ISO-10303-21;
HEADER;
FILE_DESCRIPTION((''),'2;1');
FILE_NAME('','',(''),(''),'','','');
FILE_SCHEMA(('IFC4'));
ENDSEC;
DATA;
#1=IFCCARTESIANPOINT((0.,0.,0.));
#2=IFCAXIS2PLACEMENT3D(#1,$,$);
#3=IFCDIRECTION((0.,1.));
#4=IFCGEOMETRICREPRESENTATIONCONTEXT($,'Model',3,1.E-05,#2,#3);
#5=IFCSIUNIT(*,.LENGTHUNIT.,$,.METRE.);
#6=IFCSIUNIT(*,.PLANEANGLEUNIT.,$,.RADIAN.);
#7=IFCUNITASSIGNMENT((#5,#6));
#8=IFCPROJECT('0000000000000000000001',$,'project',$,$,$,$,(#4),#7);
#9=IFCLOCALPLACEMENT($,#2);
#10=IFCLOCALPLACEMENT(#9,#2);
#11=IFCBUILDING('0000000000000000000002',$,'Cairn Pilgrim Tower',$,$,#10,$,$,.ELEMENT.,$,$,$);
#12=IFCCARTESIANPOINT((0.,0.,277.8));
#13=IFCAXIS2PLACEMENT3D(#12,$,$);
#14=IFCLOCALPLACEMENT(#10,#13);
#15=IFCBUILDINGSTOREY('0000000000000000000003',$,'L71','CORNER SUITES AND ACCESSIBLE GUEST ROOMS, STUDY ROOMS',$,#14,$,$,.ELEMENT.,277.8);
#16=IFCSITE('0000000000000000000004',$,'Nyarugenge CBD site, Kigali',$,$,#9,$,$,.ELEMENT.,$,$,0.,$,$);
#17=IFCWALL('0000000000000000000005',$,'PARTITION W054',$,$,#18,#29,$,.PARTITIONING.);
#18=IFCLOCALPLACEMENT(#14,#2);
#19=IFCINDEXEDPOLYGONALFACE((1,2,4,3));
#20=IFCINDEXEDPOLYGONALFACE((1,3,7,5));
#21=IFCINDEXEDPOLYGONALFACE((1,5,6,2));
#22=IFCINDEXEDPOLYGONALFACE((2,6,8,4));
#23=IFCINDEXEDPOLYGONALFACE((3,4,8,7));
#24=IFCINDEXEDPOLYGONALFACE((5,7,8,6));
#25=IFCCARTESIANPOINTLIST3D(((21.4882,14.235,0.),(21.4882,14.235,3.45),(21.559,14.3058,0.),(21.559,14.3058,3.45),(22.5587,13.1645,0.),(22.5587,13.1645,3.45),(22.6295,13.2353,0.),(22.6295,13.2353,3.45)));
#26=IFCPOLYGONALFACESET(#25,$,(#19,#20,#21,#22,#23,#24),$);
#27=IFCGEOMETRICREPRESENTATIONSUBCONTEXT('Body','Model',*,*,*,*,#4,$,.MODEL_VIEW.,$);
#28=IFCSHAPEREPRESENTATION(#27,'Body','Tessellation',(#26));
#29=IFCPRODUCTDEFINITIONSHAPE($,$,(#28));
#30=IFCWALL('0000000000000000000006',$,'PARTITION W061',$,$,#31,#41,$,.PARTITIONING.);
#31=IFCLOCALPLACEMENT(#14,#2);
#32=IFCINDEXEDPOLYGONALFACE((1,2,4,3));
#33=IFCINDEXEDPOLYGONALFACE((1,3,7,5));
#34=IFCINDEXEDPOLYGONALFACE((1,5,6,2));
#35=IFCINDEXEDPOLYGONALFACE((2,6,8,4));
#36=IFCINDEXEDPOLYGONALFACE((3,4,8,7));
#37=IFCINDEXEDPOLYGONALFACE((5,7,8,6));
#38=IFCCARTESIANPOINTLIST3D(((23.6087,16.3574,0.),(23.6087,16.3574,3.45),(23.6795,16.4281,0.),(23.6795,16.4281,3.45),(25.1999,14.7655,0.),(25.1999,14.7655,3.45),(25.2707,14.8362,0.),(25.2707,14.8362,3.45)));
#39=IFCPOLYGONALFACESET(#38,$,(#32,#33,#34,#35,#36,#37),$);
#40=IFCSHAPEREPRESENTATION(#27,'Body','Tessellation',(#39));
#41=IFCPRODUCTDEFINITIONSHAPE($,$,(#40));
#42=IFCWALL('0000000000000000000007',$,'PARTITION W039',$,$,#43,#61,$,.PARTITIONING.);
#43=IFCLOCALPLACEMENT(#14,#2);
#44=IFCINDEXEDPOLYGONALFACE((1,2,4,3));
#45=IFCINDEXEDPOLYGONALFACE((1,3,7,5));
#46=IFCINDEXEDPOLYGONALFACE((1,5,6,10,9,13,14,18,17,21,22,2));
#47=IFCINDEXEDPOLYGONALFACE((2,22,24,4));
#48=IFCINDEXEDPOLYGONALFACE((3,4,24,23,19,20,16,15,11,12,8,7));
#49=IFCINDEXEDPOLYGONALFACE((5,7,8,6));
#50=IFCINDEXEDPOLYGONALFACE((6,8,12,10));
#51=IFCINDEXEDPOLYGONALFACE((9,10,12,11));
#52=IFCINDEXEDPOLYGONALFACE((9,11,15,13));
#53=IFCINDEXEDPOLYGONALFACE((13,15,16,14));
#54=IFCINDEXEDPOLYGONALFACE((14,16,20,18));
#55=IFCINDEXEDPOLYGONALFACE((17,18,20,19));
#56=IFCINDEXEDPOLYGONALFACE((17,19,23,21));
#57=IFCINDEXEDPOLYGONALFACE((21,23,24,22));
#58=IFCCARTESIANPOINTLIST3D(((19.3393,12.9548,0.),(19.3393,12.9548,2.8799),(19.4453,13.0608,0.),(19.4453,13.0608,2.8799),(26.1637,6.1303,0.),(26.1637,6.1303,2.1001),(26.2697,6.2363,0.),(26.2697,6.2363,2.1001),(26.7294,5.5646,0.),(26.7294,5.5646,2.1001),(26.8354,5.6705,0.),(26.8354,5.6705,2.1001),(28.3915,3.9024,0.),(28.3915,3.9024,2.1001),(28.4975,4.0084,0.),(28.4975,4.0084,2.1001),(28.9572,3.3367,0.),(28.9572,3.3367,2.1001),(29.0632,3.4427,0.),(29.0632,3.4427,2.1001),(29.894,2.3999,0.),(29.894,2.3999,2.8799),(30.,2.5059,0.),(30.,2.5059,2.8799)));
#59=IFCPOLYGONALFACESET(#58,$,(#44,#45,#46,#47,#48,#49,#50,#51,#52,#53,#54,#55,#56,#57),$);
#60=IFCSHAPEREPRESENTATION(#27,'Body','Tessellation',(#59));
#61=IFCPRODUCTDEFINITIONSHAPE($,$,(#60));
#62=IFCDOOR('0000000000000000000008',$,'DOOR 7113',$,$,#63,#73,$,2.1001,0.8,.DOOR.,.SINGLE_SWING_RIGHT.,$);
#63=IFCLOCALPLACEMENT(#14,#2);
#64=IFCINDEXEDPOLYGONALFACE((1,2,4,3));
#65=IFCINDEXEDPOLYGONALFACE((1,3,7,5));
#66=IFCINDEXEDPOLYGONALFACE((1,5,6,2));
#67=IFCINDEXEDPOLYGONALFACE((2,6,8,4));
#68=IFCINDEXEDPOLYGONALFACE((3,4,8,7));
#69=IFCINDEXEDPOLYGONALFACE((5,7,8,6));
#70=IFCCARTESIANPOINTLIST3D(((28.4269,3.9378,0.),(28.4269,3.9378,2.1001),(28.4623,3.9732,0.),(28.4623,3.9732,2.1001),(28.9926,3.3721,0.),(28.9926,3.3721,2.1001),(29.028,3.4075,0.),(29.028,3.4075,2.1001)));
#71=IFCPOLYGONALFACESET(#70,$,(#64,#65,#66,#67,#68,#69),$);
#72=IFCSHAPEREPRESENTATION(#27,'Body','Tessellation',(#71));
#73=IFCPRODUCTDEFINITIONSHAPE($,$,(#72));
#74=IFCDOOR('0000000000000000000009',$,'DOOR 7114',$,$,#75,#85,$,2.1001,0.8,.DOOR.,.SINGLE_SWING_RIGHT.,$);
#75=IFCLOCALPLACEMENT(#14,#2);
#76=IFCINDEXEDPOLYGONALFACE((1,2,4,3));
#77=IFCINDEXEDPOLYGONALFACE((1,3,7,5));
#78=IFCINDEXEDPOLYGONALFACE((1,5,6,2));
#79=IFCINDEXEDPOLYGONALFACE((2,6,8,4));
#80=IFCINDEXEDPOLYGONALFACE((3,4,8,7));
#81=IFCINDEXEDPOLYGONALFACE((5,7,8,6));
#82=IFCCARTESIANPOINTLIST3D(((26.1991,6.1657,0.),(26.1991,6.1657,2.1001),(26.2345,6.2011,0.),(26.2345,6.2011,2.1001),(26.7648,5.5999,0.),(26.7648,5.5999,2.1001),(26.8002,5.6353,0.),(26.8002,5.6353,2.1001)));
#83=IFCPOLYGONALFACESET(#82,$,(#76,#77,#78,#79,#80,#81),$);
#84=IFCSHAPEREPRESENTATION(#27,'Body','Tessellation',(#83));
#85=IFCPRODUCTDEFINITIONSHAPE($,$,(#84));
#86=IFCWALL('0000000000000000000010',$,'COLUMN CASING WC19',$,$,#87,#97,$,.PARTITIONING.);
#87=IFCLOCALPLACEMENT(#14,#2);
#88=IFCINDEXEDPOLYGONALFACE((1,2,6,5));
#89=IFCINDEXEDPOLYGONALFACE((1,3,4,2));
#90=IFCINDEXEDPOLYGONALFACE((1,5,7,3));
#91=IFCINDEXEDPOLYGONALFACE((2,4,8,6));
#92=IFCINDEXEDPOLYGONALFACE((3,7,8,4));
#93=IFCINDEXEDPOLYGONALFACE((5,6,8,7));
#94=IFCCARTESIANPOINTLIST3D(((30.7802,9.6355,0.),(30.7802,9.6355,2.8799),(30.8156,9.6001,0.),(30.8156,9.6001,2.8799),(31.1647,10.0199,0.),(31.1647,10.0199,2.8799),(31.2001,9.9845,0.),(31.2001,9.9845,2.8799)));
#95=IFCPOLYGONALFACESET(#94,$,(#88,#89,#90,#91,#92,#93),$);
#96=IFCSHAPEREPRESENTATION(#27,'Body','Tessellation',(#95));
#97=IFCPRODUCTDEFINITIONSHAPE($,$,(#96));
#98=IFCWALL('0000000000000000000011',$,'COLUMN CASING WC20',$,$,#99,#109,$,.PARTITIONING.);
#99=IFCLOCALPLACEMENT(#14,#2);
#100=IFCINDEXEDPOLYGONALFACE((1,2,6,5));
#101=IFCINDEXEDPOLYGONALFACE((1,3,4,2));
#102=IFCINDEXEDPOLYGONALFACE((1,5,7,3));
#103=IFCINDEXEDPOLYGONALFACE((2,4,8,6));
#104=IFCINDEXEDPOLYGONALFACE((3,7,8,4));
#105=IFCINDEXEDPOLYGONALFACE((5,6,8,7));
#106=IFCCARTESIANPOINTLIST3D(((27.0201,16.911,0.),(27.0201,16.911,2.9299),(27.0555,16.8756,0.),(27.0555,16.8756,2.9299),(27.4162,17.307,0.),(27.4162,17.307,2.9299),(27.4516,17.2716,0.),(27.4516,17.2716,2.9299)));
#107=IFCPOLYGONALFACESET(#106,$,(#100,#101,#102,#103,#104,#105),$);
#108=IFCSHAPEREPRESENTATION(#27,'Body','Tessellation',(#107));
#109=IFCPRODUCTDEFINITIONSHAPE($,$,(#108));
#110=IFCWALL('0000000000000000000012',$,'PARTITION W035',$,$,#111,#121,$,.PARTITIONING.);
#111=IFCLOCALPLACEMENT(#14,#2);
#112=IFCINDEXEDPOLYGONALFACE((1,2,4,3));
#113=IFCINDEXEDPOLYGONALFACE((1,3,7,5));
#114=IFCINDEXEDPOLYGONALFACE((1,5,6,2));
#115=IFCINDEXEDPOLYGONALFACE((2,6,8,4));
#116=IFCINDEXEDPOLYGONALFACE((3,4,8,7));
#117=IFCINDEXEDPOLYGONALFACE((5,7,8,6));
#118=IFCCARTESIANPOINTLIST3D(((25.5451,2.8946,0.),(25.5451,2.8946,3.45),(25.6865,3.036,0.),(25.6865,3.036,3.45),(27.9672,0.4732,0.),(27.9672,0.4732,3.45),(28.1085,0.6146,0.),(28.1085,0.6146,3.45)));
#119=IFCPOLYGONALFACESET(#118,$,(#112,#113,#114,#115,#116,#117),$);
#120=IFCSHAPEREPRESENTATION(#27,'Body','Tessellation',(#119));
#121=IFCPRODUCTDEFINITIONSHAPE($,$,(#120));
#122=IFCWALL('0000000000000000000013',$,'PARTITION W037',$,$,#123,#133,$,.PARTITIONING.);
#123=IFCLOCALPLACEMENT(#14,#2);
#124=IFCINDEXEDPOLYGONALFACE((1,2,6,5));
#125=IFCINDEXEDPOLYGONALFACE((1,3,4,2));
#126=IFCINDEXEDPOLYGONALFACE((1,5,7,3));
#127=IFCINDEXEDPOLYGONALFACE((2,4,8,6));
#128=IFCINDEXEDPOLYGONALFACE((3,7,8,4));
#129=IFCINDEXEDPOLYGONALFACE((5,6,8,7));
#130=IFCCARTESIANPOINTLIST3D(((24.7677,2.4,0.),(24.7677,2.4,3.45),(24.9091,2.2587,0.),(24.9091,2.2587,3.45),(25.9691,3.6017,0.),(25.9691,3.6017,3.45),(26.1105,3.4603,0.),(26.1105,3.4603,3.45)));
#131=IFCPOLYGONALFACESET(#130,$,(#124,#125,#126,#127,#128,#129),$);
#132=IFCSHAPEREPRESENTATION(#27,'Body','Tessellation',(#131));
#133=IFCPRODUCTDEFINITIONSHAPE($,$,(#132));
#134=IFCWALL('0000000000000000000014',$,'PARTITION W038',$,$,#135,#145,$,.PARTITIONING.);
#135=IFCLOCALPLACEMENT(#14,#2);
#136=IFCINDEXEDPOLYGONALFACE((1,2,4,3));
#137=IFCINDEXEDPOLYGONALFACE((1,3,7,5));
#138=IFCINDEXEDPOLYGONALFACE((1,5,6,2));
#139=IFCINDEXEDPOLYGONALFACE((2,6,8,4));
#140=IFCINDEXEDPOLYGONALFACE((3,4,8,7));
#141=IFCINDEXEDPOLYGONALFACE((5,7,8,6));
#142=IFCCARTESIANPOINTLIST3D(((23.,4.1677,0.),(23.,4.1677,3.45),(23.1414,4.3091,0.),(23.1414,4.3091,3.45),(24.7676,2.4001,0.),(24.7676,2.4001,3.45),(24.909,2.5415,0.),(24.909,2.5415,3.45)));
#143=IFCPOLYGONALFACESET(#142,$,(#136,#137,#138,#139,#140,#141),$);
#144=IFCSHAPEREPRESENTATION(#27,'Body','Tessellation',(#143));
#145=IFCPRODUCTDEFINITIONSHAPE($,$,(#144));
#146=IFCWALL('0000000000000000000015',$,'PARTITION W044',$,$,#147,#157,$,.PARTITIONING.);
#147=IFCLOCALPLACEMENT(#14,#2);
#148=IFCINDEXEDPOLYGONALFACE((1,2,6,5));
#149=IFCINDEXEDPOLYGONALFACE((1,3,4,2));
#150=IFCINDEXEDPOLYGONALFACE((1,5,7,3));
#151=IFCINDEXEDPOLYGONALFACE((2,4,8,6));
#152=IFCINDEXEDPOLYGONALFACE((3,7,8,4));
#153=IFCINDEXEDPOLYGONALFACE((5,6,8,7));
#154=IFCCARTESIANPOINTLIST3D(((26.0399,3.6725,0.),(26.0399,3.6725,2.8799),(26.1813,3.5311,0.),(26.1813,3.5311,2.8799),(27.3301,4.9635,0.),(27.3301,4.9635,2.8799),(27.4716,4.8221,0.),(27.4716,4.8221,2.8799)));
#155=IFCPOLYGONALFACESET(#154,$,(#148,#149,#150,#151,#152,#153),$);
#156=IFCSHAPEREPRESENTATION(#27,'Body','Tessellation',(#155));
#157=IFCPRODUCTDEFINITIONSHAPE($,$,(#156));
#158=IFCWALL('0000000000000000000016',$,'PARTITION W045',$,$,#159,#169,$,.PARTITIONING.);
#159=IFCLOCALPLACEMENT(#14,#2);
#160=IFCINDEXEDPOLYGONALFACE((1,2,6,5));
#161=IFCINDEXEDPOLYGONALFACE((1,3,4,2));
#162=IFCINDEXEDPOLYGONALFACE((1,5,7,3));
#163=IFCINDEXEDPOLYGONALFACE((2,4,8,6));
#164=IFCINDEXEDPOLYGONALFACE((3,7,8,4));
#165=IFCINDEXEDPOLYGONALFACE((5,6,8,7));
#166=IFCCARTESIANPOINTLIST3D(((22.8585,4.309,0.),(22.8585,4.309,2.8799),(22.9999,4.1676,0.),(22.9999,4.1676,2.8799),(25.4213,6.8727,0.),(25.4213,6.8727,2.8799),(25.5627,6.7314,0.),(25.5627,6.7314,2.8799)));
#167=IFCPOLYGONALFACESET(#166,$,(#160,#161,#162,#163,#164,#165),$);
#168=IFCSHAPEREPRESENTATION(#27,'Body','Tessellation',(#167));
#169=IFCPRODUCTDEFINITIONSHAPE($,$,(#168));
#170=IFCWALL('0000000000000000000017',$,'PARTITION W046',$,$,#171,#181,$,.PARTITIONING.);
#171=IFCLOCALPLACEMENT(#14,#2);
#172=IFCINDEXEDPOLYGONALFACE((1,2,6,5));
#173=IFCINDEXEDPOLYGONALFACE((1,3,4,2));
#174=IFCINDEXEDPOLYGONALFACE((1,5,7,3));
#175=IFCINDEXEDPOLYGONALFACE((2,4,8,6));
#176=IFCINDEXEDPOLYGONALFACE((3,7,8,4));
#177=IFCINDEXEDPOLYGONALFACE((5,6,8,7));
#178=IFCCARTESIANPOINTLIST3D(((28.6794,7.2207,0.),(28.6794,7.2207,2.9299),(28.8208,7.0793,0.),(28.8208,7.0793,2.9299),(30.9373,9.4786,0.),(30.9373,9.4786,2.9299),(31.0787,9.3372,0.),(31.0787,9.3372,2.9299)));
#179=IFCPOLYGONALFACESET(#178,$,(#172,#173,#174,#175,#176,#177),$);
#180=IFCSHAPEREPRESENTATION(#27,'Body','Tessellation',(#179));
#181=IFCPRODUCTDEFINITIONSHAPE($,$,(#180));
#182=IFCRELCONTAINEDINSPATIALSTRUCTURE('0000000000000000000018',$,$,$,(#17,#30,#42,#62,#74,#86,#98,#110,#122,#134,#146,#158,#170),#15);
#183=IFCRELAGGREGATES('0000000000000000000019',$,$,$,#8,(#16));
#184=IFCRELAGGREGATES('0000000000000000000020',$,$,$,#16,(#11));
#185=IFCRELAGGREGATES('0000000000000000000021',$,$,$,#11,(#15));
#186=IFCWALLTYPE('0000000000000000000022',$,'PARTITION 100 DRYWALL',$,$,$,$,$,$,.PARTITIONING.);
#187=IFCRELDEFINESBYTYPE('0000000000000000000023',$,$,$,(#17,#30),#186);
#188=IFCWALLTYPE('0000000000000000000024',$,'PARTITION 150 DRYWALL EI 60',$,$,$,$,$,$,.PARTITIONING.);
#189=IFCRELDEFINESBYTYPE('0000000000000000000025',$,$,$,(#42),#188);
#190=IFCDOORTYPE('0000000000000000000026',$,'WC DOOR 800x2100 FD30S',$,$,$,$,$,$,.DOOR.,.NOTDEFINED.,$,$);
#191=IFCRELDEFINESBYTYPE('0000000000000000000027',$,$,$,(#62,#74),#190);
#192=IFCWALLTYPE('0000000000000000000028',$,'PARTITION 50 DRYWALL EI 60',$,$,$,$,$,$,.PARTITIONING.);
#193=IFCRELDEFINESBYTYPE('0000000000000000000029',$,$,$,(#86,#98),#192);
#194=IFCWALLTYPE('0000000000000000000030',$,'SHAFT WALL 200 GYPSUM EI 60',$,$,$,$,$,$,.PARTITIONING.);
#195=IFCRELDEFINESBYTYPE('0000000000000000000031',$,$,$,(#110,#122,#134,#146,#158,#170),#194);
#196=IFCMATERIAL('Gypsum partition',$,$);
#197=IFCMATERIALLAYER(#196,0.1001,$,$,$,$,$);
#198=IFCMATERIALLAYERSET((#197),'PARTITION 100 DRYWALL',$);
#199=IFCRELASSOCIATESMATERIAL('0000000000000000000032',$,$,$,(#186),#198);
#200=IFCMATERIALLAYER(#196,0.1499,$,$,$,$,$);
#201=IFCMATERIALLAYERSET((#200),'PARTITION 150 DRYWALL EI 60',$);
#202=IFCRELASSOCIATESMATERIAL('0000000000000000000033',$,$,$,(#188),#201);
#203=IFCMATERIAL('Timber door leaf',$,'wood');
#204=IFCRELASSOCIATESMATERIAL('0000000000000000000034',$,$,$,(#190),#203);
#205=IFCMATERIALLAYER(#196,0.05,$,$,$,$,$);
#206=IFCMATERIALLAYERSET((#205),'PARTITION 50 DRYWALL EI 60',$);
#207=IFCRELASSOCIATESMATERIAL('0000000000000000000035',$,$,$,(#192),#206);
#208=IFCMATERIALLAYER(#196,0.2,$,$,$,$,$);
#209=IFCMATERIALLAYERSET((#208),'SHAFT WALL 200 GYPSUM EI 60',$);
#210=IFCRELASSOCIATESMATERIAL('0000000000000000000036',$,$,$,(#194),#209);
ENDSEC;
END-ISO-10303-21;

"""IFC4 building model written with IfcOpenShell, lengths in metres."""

from ifc_helpers import new_model, si_unit, direction, frame, frame_2d, origin, place, context, subcontext, project, spatial, rectangle, extrude, material, layer, layer_set, type_object, element, fill, save


model = new_model("IFC4")

# Units and contexts
model_context = context("Model", 3, precision=1e-05, world=origin(), true_north=direction((0.0, 1.0)))
body_context = subcontext(model_context, "Body", "Model", "MODEL_VIEW")
ifc_project = project(units=[si_unit("LENGTHUNIT", "METRE"), si_unit("PLANEANGLEUNIT", "RADIAN")], contexts=[model_context])

# Site, building, storey
site_placement = place(None, origin())
site = spatial("IfcSite", under=ifc_project, at=site_placement, Name="Nyarugenge CBD site, Kigali", CompositionType="ELEMENT", RefElevation=0.0)
building_placement = place(site_placement, origin())
building = spatial("IfcBuilding", under=site, at=building_placement, Name="Cairn Pilgrim Tower", CompositionType="ELEMENT")
storey_placement = place(building_placement, frame((0.0, 0.0, 277.8)))
storey = spatial("IfcBuildingStorey", under=building, at=storey_placement, Name="L71", Description="CORNER SUITES AND ACCESSIBLE GUEST ROOMS, STUDY ROOMS", CompositionType="ELEMENT", Elevation=277.8)

# Walls
ifc_material_1 = material(Name="Gypsum partition")
ifc_layer_1 = layer(ifc_material_1, 0.1001)
ifc_layer_set_1 = layer_set([ifc_layer_1], Name="PARTITION 100 DRYWALL")
wall_type_1 = type_object("IfcWallType", Name="PARTITION 100 DRYWALL", PredefinedType="PARTITIONING", material=ifc_layer_set_1)
wall_1_placement = place(storey_placement, frame((22.594, 13.2, 0.0), z_axis=(0.0, 0.0, 1.0), x_axis=(-0.707107, 0.707107, 0.0)))
element("IfcWall", 1, at=wall_1_placement, inside=storey, type_object=wall_type_1, Name="PARTITION W054", PredefinedType="PARTITIONING", context=body_context, shape_type="SweptSolid", body=[
    extrude(rectangle(XDim=1.5139, YDim=0.1001, at=frame_2d((0.7568, 0.0))), origin(), (0.0, 0.0, 1.0), 3.45),
])
wall_2_placement = place(storey_placement, frame((25.2354, 14.8008, 0.0), z_axis=(0.0, 0.0, 1.0), x_axis=(-0.706944, 0.707269, 0.0)))
element("IfcWall", 2, at=wall_2_placement, inside=storey, type_object=wall_type_1, Name="PARTITION W061", PredefinedType="PARTITIONING", context=body_context, shape_type="SweptSolid", body=[
    extrude(rectangle(XDim=2.2507, YDim=0.1001, at=frame_2d((1.1255, 0.0))), origin(), (0.0, 0.0, 1.0), 3.45),
])

# Wall, openings, doors
ifc_layer_2 = layer(ifc_material_1, 0.1499)
ifc_layer_set_2 = layer_set([ifc_layer_2], Name="PARTITION 150 DRYWALL EI 60")
wall_type_2 = type_object("IfcWallType", Name="PARTITION 150 DRYWALL EI 60", PredefinedType="PARTITIONING", material=ifc_layer_set_2)
wall_3_placement = place(storey_placement, frame((29.947, 2.4529, 0.0), z_axis=(0.0, 0.0, 1.0), x_axis=(-0.707099, 0.707115, 0.0)))
wall_3 = element("IfcWall", 3, at=wall_3_placement, inside=storey, type_object=wall_type_2, Name="PARTITION W039", PredefinedType="PARTITIONING", context=body_context, shape_type="SweptSolid", body=[
    extrude(rectangle(XDim=14.9268, YDim=0.1499, at=frame_2d((7.4634, 0.0))), origin(), (0.0, 0.0, 1.0), 2.8799),
])
opening_1_placement = place(wall_3_placement, frame((1.325, 0.0, 0.0)))
opening_1 = element("IfcOpeningElement", 4, at=opening_1_placement, cuts=wall_3, PredefinedType="OPENING", context=body_context, shape_type="SweptSolid", body=[
    extrude(rectangle(XDim=0.8, YDim=2.1001, at=frame_2d((0.3999, 1.05))), frame((0.0, 0.085, 0.0), z_axis=(0.0, -1.0, 0.0), x_axis=(1.0, 0.0, 0.0)), (0.0, 0.0, 1.0), 0.1699),
])
opening_2_placement = place(wall_3_placement, frame((4.4756, 0.0, 0.0)))
opening_2 = element("IfcOpeningElement", 5, at=opening_2_placement, cuts=wall_3, PredefinedType="OPENING", context=body_context, shape_type="SweptSolid", body=[
    extrude(rectangle(XDim=0.8, YDim=2.1001, at=frame_2d((0.3999, 1.05))), frame((0.0, 0.085, 0.0), z_axis=(0.0, -1.0, 0.0), x_axis=(1.0, 0.0, 0.0)), (0.0, 0.0, 1.0), 0.1699),
])
ifc_material_2 = material(Name="Timber door leaf", Category="wood")
door_type_1 = type_object("IfcDoorType", Name="WC DOOR 800x2100 FD30S", OperationType="NOTDEFINED", PredefinedType="DOOR", material=ifc_material_2)
door_1_placement = place(opening_1_placement, origin())
door_1 = element("IfcDoor", 6, at=door_1_placement, inside=storey, type_object=door_type_1, Name="DOOR 7113", OperationType="SINGLE_SWING_RIGHT", OverallHeight=2.1001, OverallWidth=0.8, PredefinedType="DOOR", context=body_context, shape_type="SweptSolid", body=[
    extrude(rectangle(XDim=0.8, YDim=2.1001, at=frame_2d((0.3999, 1.05))), frame((0.0, 0.0249, 0.0), z_axis=(0.0, -1.0, 0.0), x_axis=(1.0, 0.0, 0.0)), (0.0, 0.0, 1.0), 0.05),
])
fill(opening_1, door_1)
door_2_placement = place(opening_2_placement, origin())
door_2 = element("IfcDoor", 7, at=door_2_placement, inside=storey, type_object=door_type_1, Name="DOOR 7114", OperationType="SINGLE_SWING_RIGHT", OverallHeight=2.1001, OverallWidth=0.8, PredefinedType="DOOR", context=body_context, shape_type="SweptSolid", body=[
    extrude(rectangle(XDim=0.8, YDim=2.1001, at=frame_2d((0.3999, 1.05))), frame((0.0, 0.0249, 0.0), z_axis=(0.0, -1.0, 0.0), x_axis=(1.0, 0.0, 0.0)), (0.0, 0.0, 1.0), 0.05),
])
fill(opening_2, door_2)

# Walls
ifc_layer_3 = layer(ifc_material_1, 0.05)
ifc_layer_set_3 = layer_set([ifc_layer_3], Name="PARTITION 50 DRYWALL EI 60")
wall_type_3 = type_object("IfcWallType", Name="PARTITION 50 DRYWALL EI 60", PredefinedType="PARTITIONING", material=ifc_layer_set_3)
wall_4_placement = place(storey_placement, frame((30.7979, 9.6177, 0.0), z_axis=(0.0, 0.0, 1.0), x_axis=(0.707107, 0.707107, 0.0)))
element("IfcWall", 8, at=wall_4_placement, inside=storey, type_object=wall_type_3, Name="COLUMN CASING WC19", PredefinedType="PARTITIONING", context=body_context, shape_type="SweptSolid", body=[
    extrude(rectangle(XDim=0.5437, YDim=0.05, at=frame_2d((0.272, 0.0))), origin(), (0.0, 0.0, 1.0), 2.8799),
])
wall_5_placement = place(storey_placement, frame((27.0378, 16.8933, 0.0), z_axis=(0.0, 0.0, 1.0), x_axis=(0.707107, 0.707107, 0.0)))
element("IfcWall", 9, at=wall_5_placement, inside=storey, type_object=wall_type_3, Name="COLUMN CASING WC20", PredefinedType="PARTITIONING", context=body_context, shape_type="SweptSolid", body=[
    extrude(rectangle(XDim=0.5601, YDim=0.05, at=frame_2d((0.28, 0.0))), origin(), (0.0, 0.0, 1.0), 2.9299),
])
ifc_layer_4 = layer(ifc_material_1, 0.2)
ifc_layer_set_4 = layer_set([ifc_layer_4], Name="SHAFT WALL 200 GYPSUM EI 60")
wall_type_4 = type_object("IfcWallType", Name="SHAFT WALL 200 GYPSUM EI 60", PredefinedType="PARTITIONING", material=ifc_layer_set_4)
wall_6_placement = place(storey_placement, frame((28.0378, 0.5439, 0.0), z_axis=(0.0, 0.0, 1.0), x_axis=(-0.707214, 0.707, 0.0)))
element("IfcWall", 10, at=wall_6_placement, inside=storey, type_object=wall_type_4, Name="PARTITION W035", PredefinedType="PARTITIONING", context=body_context, shape_type="SweptSolid", body=[
    extrude(rectangle(XDim=3.4248, YDim=0.2, at=frame_2d((1.7124, 0.0))), origin(), (0.0, 0.0, 1.0), 3.45),
])
wall_7_placement = place(storey_placement, frame((24.8384, 2.3293, 0.0), z_axis=(0.0, 0.0, 1.0), x_axis=(0.707035, 0.707179, 0.0)))
element("IfcWall", 11, at=wall_7_placement, inside=storey, type_object=wall_type_4, Name="PARTITION W037", PredefinedType="PARTITIONING", context=body_context, shape_type="SweptSolid", body=[
    extrude(rectangle(XDim=1.6992, YDim=0.2, at=frame_2d((0.8496, 0.0))), origin(), (0.0, 0.0, 1.0), 3.45),
])
wall_8_placement = place(storey_placement, frame((24.8384, 2.4707, 0.0), z_axis=(0.0, 0.0, 1.0), x_axis=(-0.707107, 0.707107, 0.0)))
element("IfcWall", 12, at=wall_8_placement, inside=storey, type_object=wall_type_4, Name="PARTITION W038", PredefinedType="PARTITIONING", context=body_context, shape_type="SweptSolid", body=[
    extrude(rectangle(XDim=2.4998, YDim=0.2, at=frame_2d((1.25, 0.0))), origin(), (0.0, 0.0, 1.0), 3.45),
])
wall_9_placement = place(storey_placement, frame((26.1106, 3.6018, 0.0), z_axis=(0.0, 0.0, 1.0), x_axis=(0.706906, 0.707307, 0.0)))
element("IfcWall", 13, at=wall_9_placement, inside=storey, type_object=wall_type_4, Name="PARTITION W044", PredefinedType="PARTITIONING", context=body_context, shape_type="SweptSolid", body=[
    extrude(rectangle(XDim=1.8252, YDim=0.2, at=frame_2d((0.9126, 0.0))), origin(), (0.0, 0.0, 1.0), 2.8799),
])
wall_10_placement = place(storey_placement, frame((22.9292, 4.2383, 0.0), z_axis=(0.0, 0.0, 1.0), x_axis=(0.706972, 0.707241, 0.0)))
element("IfcWall", 14, at=wall_10_placement, inside=storey, type_object=wall_type_4, Name="PARTITION W045", PredefinedType="PARTITIONING", context=body_context, shape_type="SweptSolid", body=[
    extrude(rectangle(XDim=3.625, YDim=0.2, at=frame_2d((1.8125, 0.0))), origin(), (0.0, 0.0, 1.0), 2.8799),
])
wall_11_placement = place(storey_placement, frame((28.75, 7.1499, 0.0), z_axis=(0.0, 0.0, 1.0), x_axis=(0.707107, 0.707107, 0.0)))
element("IfcWall", 15, at=wall_11_placement, inside=storey, type_object=wall_type_4, Name="PARTITION W046", PredefinedType="PARTITIONING", context=body_context, shape_type="SweptSolid", body=[
    extrude(rectangle(XDim=3.1931, YDim=0.2, at=frame_2d((1.5967, 0.0))), origin(), (0.0, 0.0, 1.0), 2.9299),
])

save(model, "model.ifc")
